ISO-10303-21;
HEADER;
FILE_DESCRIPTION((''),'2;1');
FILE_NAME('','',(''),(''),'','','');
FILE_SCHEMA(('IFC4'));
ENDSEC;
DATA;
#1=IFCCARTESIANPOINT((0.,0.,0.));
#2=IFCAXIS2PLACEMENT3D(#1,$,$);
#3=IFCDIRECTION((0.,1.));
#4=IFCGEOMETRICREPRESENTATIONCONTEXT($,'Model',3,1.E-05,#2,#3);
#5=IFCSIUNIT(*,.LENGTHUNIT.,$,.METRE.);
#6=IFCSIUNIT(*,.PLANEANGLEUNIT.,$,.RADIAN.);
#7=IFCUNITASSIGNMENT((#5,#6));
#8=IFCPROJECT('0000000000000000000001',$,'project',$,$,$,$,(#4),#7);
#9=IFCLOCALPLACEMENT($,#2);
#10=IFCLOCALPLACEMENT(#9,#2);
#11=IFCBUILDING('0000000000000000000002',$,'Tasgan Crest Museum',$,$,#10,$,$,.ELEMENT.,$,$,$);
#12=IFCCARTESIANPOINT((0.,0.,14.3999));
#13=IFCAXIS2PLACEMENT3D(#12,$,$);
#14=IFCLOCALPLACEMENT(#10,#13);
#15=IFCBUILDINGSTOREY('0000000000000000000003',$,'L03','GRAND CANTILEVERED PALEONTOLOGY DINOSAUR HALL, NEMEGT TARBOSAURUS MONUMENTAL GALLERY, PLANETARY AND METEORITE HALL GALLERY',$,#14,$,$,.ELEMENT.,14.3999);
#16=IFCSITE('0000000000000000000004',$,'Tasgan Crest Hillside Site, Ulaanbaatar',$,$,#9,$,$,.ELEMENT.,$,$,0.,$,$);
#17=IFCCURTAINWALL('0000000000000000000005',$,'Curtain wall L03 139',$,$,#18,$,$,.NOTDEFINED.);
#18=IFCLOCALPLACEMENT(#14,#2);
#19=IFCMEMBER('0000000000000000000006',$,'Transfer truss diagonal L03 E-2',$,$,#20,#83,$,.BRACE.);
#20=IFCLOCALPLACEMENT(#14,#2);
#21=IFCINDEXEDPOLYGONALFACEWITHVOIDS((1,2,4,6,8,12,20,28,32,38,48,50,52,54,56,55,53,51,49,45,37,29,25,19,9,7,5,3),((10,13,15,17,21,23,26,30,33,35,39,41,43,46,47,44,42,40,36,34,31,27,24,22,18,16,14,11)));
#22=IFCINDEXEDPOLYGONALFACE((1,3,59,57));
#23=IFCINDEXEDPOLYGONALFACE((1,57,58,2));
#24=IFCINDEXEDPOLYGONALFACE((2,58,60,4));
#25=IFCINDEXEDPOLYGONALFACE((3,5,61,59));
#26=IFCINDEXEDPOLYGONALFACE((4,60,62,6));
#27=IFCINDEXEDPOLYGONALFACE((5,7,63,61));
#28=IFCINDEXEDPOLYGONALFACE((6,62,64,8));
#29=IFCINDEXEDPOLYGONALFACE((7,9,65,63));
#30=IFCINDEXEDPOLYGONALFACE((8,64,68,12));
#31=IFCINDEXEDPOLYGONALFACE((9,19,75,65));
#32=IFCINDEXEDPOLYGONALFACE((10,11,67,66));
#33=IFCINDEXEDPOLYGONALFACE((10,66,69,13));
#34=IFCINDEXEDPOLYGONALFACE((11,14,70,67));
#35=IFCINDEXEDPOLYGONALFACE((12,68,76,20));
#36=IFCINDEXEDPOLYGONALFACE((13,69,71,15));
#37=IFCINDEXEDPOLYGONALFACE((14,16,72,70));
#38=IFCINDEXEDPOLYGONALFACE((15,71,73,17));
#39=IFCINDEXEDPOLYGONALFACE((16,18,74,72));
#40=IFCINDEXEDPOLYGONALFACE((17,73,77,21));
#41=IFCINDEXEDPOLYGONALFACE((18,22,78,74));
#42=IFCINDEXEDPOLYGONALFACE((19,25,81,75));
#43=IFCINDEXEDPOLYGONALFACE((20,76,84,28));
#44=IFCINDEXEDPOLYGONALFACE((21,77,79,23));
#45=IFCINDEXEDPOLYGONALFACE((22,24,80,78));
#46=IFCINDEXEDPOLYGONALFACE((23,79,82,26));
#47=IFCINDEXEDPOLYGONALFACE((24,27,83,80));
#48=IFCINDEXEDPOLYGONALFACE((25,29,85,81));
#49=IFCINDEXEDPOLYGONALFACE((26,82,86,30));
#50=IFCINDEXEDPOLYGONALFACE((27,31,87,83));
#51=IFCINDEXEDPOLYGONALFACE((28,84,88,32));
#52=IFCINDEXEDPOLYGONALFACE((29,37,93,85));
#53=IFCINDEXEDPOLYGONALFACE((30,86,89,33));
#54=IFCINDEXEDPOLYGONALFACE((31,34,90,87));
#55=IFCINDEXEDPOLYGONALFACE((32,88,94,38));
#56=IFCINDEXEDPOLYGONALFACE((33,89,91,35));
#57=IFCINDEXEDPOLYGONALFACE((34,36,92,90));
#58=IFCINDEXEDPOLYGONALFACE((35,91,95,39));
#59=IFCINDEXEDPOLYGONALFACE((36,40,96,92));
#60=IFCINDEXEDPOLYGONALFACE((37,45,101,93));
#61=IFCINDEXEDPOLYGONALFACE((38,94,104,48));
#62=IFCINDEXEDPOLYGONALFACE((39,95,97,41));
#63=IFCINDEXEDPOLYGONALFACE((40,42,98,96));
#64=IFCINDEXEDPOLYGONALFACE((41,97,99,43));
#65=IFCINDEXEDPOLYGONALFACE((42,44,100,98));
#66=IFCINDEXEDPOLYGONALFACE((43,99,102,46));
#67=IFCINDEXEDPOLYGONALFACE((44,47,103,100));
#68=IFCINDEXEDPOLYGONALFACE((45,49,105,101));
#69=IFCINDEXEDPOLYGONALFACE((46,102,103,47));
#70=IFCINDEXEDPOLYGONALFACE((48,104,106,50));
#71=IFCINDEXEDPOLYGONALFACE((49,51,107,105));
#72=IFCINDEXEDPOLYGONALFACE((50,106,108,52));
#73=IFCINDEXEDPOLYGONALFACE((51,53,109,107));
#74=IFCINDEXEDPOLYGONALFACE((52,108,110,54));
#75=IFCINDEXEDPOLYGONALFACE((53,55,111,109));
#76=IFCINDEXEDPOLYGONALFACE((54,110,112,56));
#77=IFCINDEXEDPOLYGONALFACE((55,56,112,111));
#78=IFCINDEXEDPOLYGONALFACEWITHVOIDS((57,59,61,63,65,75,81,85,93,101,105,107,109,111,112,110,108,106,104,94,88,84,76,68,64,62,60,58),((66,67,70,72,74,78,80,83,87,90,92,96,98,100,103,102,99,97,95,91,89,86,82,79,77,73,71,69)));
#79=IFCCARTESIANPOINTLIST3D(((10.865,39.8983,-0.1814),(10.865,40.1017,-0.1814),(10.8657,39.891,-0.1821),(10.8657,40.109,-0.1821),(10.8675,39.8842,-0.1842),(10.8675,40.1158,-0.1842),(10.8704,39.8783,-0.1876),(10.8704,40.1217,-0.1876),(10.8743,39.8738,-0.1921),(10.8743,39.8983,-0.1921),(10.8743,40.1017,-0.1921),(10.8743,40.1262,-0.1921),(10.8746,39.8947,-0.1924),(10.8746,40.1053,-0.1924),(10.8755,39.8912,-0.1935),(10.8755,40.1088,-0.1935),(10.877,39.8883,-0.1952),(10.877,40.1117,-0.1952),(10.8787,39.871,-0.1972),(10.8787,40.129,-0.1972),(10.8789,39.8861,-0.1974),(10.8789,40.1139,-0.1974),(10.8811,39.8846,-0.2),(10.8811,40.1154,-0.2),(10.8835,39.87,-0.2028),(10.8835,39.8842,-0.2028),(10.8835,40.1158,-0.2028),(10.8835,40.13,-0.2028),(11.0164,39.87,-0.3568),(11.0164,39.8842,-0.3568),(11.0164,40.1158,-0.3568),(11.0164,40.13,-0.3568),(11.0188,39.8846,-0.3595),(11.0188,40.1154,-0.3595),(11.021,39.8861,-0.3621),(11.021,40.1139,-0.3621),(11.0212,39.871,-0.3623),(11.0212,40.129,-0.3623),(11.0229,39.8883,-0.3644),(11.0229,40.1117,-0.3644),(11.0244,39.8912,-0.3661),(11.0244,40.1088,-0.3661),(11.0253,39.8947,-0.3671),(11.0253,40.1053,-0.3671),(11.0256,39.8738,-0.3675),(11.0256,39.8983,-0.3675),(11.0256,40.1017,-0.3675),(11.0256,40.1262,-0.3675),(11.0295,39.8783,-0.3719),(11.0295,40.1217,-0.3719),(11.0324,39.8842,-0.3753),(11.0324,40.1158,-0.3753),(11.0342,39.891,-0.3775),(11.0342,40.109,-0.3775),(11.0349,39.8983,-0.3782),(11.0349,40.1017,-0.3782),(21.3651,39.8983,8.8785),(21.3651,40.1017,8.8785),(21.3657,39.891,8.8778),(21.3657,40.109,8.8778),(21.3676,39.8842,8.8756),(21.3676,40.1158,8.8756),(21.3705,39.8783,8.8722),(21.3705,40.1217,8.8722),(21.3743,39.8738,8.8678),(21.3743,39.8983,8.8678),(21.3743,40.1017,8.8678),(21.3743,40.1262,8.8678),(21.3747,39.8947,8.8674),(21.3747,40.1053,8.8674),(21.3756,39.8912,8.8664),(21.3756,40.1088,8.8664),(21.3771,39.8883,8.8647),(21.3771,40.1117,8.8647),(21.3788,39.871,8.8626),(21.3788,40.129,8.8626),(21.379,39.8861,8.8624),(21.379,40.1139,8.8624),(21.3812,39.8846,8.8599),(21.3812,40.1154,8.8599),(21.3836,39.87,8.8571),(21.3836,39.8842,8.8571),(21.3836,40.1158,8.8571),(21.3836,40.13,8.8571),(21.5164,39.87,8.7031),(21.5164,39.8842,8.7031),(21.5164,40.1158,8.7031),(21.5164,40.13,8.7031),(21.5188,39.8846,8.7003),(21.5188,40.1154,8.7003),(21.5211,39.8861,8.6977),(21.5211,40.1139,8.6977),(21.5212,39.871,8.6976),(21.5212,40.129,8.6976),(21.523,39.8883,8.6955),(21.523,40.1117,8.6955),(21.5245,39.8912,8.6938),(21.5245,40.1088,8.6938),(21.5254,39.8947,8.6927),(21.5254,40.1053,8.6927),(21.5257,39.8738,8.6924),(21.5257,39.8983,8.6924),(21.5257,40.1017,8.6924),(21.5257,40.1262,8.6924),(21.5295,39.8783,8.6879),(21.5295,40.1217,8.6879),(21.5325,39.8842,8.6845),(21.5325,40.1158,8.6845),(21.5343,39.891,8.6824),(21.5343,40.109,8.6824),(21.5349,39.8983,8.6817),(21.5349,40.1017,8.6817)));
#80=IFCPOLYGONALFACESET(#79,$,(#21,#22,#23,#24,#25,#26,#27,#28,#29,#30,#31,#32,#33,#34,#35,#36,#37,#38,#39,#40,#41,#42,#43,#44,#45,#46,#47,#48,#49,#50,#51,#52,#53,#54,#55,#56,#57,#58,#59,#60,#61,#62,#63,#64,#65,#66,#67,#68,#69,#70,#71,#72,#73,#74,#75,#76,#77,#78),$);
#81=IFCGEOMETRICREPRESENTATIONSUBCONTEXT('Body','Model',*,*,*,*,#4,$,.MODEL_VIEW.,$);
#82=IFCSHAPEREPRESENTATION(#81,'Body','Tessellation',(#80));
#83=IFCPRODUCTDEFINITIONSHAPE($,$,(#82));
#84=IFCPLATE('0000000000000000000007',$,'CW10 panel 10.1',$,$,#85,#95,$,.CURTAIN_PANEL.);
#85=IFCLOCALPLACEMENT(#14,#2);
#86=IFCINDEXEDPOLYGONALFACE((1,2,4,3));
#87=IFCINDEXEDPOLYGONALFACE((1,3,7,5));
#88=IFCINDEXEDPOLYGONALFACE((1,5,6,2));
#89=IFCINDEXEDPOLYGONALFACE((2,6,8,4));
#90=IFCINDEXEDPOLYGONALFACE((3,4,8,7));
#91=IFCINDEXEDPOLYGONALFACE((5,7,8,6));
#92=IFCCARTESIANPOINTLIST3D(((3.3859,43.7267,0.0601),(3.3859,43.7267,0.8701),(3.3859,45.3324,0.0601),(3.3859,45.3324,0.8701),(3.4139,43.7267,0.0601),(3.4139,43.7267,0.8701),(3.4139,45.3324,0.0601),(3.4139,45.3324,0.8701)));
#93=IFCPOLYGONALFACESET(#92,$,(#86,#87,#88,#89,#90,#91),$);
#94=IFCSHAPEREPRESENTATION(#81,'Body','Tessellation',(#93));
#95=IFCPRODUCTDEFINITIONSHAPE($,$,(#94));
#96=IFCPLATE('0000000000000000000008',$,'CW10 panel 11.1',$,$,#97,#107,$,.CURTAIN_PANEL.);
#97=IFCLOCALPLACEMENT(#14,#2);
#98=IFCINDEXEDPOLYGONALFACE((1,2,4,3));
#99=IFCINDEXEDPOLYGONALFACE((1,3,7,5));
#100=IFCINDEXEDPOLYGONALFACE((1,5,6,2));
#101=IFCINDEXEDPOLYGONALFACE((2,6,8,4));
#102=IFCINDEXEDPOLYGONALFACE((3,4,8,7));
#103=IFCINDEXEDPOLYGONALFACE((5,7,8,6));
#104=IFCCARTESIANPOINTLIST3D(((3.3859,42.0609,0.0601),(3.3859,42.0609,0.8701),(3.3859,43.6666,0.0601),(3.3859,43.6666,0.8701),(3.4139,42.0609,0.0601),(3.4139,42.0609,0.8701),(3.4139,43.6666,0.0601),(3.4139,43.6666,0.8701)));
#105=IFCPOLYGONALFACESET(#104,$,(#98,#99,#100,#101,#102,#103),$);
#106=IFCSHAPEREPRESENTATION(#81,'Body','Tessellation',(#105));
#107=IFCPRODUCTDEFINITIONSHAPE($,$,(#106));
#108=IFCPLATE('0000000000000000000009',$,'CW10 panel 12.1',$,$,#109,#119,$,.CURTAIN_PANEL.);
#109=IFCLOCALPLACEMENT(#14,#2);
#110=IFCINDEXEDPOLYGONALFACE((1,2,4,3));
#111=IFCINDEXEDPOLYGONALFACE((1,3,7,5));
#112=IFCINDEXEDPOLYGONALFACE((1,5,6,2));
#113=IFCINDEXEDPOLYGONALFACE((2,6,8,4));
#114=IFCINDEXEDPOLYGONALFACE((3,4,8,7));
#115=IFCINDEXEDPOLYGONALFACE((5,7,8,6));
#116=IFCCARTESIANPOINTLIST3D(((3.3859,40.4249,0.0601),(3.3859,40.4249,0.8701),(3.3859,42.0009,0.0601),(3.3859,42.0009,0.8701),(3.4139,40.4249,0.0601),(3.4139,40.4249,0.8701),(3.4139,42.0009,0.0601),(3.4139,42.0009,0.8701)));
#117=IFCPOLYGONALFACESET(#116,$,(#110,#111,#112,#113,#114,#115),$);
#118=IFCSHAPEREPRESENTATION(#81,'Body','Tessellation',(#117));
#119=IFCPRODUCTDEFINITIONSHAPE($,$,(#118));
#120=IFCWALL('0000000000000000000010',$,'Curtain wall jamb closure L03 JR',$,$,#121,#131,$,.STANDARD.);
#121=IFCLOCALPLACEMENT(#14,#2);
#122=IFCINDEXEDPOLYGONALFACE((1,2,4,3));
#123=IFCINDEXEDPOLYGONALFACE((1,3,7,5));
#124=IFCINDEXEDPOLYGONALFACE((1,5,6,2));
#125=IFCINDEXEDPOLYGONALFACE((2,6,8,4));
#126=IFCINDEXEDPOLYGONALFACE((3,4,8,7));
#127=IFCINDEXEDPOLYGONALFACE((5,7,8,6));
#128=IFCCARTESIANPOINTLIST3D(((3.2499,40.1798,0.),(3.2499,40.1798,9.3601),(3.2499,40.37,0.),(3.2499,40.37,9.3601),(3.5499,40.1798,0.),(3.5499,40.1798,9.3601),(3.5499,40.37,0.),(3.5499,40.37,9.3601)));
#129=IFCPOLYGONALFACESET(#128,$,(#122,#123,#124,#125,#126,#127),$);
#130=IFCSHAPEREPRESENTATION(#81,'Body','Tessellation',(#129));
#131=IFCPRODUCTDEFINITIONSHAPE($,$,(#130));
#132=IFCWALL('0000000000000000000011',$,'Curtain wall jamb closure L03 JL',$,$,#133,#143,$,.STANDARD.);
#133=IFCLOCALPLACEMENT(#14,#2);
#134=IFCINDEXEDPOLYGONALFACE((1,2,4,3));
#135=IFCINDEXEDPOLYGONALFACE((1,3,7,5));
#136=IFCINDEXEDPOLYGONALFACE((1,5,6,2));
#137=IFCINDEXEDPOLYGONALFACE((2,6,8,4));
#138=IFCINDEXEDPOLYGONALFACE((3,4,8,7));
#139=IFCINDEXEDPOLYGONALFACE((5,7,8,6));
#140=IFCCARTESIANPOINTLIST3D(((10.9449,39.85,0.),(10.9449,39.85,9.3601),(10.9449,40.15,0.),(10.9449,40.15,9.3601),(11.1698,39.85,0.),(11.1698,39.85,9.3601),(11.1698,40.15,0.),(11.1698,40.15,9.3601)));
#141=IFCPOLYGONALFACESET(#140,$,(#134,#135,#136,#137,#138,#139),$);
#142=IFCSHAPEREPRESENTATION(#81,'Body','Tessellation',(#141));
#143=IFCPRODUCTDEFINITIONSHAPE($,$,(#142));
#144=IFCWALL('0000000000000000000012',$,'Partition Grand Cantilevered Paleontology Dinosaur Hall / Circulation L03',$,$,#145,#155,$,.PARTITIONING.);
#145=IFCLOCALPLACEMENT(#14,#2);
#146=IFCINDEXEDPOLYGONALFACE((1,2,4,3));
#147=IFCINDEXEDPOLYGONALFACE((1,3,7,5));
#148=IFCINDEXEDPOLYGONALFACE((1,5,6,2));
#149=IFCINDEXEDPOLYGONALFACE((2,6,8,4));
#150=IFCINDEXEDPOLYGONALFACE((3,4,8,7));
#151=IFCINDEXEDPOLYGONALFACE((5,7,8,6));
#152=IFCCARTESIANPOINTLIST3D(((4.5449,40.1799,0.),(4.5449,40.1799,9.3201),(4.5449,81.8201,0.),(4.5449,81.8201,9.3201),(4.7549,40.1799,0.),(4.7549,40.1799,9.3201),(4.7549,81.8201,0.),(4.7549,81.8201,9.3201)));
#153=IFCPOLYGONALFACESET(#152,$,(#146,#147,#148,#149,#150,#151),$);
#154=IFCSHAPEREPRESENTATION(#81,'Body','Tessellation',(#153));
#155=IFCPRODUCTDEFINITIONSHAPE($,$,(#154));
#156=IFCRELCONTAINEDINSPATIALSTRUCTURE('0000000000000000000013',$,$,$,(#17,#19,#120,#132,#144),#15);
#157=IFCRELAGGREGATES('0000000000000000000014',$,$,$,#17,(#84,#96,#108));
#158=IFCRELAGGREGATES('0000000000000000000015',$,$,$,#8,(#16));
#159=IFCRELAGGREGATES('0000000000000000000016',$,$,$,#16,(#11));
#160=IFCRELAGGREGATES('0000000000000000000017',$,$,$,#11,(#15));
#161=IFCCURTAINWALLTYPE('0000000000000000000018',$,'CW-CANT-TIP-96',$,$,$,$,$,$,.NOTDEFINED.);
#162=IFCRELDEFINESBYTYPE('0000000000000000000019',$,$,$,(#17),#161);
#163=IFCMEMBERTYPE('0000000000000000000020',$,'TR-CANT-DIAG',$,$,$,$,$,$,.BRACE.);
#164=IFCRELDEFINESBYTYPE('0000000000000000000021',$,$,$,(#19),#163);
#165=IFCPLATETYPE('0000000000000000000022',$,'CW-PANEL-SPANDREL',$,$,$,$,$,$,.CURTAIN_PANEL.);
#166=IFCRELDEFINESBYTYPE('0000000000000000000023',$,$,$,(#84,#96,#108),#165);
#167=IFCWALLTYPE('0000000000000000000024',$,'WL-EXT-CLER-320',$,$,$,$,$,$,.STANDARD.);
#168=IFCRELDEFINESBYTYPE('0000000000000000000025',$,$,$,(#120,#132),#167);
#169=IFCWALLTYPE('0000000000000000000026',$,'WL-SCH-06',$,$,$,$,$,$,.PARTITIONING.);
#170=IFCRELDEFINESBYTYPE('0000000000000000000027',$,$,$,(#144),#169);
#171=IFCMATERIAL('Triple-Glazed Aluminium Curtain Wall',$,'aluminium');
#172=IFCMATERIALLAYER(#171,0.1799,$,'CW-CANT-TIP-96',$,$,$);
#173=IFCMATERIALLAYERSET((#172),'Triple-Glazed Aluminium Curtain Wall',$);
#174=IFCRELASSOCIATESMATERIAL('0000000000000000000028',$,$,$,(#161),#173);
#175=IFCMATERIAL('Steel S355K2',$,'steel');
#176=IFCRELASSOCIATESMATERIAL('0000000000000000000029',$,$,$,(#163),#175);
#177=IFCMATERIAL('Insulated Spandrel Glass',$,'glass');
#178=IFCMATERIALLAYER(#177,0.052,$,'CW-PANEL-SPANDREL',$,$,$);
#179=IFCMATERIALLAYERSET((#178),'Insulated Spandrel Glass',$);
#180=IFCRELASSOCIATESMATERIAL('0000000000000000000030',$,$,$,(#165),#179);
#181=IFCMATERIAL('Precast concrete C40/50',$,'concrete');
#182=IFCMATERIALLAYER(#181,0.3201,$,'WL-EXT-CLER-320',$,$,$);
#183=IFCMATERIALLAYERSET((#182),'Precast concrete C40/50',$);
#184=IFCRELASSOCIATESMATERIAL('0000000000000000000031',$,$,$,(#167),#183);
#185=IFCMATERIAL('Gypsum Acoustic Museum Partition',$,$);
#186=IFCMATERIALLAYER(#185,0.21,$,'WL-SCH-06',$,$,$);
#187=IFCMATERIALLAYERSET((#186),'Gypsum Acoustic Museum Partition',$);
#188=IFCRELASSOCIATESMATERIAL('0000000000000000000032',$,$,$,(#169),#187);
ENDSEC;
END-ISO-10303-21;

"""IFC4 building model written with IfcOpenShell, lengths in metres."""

from ifc_helpers import new_model, si_unit, direction, frame, frame_2d, origin, origin_2d, place, context, subcontext, project, spatial, rectangle, hollow_rectangle, extrude, material, layer, layer_set, material_profile, profile_set, type_object, element, aggregate, save


model = new_model("IFC4")

# Units and contexts
model_context = context("Model", 3, precision=1e-05, world=origin(), true_north=direction((0.0, 1.0)))
body_context = subcontext(model_context, "Body", "Model", "MODEL_VIEW")
ifc_project = project(units=[si_unit("LENGTHUNIT", "METRE"), si_unit("PLANEANGLEUNIT", "RADIAN")], contexts=[model_context])

# Site, building, storey
site_placement = place(None, origin())
site = spatial("IfcSite", under=ifc_project, at=site_placement, Name="Tasgan Crest Hillside Site, Ulaanbaatar", CompositionType="ELEMENT", RefElevation=0.0)
building_placement = place(site_placement, origin())
building = spatial("IfcBuilding", under=site, at=building_placement, Name="Tasgan Crest Museum", CompositionType="ELEMENT")
storey_placement = place(building_placement, frame((0.0, 0.0, 14.3999)))
storey = spatial("IfcBuildingStorey", under=building, at=storey_placement, Name="L03", Description="GRAND CANTILEVERED PALEONTOLOGY DINOSAUR HALL, NEMEGT TARBOSAURUS MONUMENTAL GALLERY, PLANETARY AND METEORITE HALL GALLERY", CompositionType="ELEMENT", Elevation=14.3999)

# Curtain wall
ifc_material_1 = material(Name="Triple-Glazed Aluminium Curtain Wall", Category="aluminium")
ifc_layer_1 = layer(ifc_material_1, 0.1799, Name="CW-CANT-TIP-96")
ifc_layer_set_1 = layer_set([ifc_layer_1], Name="Triple-Glazed Aluminium Curtain Wall")
curtain_wall_type_1 = type_object("IfcCurtainWallType", Name="CW-CANT-TIP-96", PredefinedType="NOTDEFINED", material=ifc_layer_set_1)
curtain_wall_1_placement = place(storey_placement, origin())
curtain_wall_1 = element("IfcCurtainWall", 1, at=curtain_wall_1_placement, inside=storey, type_object=curtain_wall_type_1, Name="Curtain wall L03 139", PredefinedType="NOTDEFINED")

# Member
ifc_material_2 = material(Name="Steel S355K2", Category="steel")
ifc_material_profile_1 = material_profile(ifc_material_2, hollow_rectangle(XDim=0.26, YDim=0.26, WallThickness=0.0142, InnerFilletRadius=0.0142, OuterFilletRadius=0.0283, at=origin_2d()), Name="SHS 260x260x14.2")
ifc_profile_set_1 = profile_set([ifc_material_profile_1], Name="Steel S355K2")
member_type_1 = type_object("IfcMemberType", Name="TR-CANT-DIAG", PredefinedType="BRACE", material=ifc_profile_set_1)
member_1_placement = place(storey_placement, frame((10.95, 40.0, -0.2798), z_axis=(0.757121, 0.0, 0.653274), x_axis=(0.0, 1.0, 0.0)))
element("IfcMember", 2, at=member_1_placement, inside=storey, type_object=member_type_1, Name="Transfer truss diagonal L03 E-2", PredefinedType="BRACE", context=body_context, shape_type="SweptSolid", body=[
    extrude(hollow_rectangle(XDim=0.26, YDim=0.26, WallThickness=0.0142, InnerFilletRadius=0.0142, OuterFilletRadius=0.0283, at=origin_2d()), origin(), (0.0, 0.0, 1.0), 13.8684),
])

# Plates
ifc_material_3 = material(Name="Insulated Spandrel Glass", Category="glass")
ifc_layer_2 = layer(ifc_material_3, 0.052, Name="CW-PANEL-SPANDREL")
ifc_layer_set_2 = layer_set([ifc_layer_2], Name="Insulated Spandrel Glass")
plate_type = type_object("IfcPlateType", Name="CW-PANEL-SPANDREL", PredefinedType="CURTAIN_PANEL", material=ifc_layer_set_2)
plate_1_placement = place(storey_placement, frame((3.3999, 44.5295, 0.0601), z_axis=(0.0, 0.0, 1.0), x_axis=(0.0, -1.0, 0.0)))
plate_1 = element("IfcPlate", 3, at=plate_1_placement, type_object=plate_type, Name="CW10 panel 10.1", PredefinedType="CURTAIN_PANEL", context=body_context, shape_type="SweptSolid", body=[
    extrude(rectangle(XDim=1.6057, YDim=0.0281, at=origin_2d()), origin(), (0.0, 0.0, 1.0), 0.8101),
])
plate_2_placement = place(storey_placement, frame((3.3999, 42.8638, 0.0601), z_axis=(0.0, 0.0, 1.0), x_axis=(0.0, -1.0, 0.0)))
plate_2 = element("IfcPlate", 4, at=plate_2_placement, type_object=plate_type, Name="CW10 panel 11.1", PredefinedType="CURTAIN_PANEL", context=body_context, shape_type="SweptSolid", body=[
    extrude(rectangle(XDim=1.6057, YDim=0.0281, at=origin_2d()), origin(), (0.0, 0.0, 1.0), 0.8101),
])
plate_3_placement = place(storey_placement, frame((3.3999, 41.2129, 0.0601), z_axis=(0.0, 0.0, 1.0), x_axis=(0.0, -1.0, 0.0)))
plate_3 = element("IfcPlate", 5, at=plate_3_placement, type_object=plate_type, Name="CW10 panel 12.1", PredefinedType="CURTAIN_PANEL", context=body_context, shape_type="SweptSolid", body=[
    extrude(rectangle(XDim=1.5759, YDim=0.0281, at=origin_2d()), origin(), (0.0, 0.0, 1.0), 0.8101),
])
aggregate(curtain_wall_1, [plate_1, plate_2, plate_3])

# Walls
ifc_material_4 = material(Name="Precast concrete C40/50", Category="concrete")
ifc_layer_3 = layer(ifc_material_4, 0.3201, Name="WL-EXT-CLER-320")
ifc_layer_set_3 = layer_set([ifc_layer_3], Name="Precast concrete C40/50")
wall_type_1 = type_object("IfcWallType", Name="WL-EXT-CLER-320", PredefinedType="STANDARD", material=ifc_layer_set_3)
wall_1_placement = place(storey_placement, frame((3.3999, 40.3701, 0.0), z_axis=(0.0, 0.0, 1.0), x_axis=(0.0, -1.0, 0.0)))
element("IfcWall", 6, at=wall_1_placement, inside=storey, type_object=wall_type_1, Name="Curtain wall jamb closure L03 JR", PredefinedType="STANDARD", context=body_context, shape_type="SweptSolid", body=[
    extrude(rectangle(XDim=0.1902, YDim=0.3, at=frame_2d((0.0952, 0.0))), origin(), (0.0, 0.0, 1.0), 9.3601),
])
wall_2_placement = place(storey_placement, frame((10.9451, 40.0, 0.0), z_axis=(0.0, 0.0, 1.0), x_axis=(1.0, 0.0, 0.0)))
element("IfcWall", 7, at=wall_2_placement, inside=storey, type_object=wall_type_1, Name="Curtain wall jamb closure L03 JL", PredefinedType="STANDARD", context=body_context, shape_type="SweptSolid", body=[
    extrude(rectangle(XDim=0.2249, YDim=0.3, at=frame_2d((0.1123, 0.0))), origin(), (0.0, 0.0, 1.0), 9.3601),
])
ifc_material_5 = material(Name="Gypsum Acoustic Museum Partition")
ifc_layer_4 = layer(ifc_material_5, 0.21, Name="WL-SCH-06")
ifc_layer_set_4 = layer_set([ifc_layer_4], Name="Gypsum Acoustic Museum Partition")
wall_type_2 = type_object("IfcWallType", Name="WL-SCH-06", PredefinedType="PARTITIONING", material=ifc_layer_set_4)
wall_3_placement = place(storey_placement, frame((4.6499, 40.1799, 0.0), z_axis=(0.0, 0.0, 1.0), x_axis=(0.0, 1.0, 0.0)))
element("IfcWall", 8, at=wall_3_placement, inside=storey, type_object=wall_type_2, Name="Partition Grand Cantilevered Paleontology Dinosaur Hall / Circulation L03", PredefinedType="PARTITIONING", context=body_context, shape_type="SweptSolid", body=[
    extrude(rectangle(XDim=41.6401, YDim=0.21, at=frame_2d((20.8201, 0.0))), origin(), (0.0, 0.0, 1.0), 9.3201),
])

save(model, "model.ifc")
